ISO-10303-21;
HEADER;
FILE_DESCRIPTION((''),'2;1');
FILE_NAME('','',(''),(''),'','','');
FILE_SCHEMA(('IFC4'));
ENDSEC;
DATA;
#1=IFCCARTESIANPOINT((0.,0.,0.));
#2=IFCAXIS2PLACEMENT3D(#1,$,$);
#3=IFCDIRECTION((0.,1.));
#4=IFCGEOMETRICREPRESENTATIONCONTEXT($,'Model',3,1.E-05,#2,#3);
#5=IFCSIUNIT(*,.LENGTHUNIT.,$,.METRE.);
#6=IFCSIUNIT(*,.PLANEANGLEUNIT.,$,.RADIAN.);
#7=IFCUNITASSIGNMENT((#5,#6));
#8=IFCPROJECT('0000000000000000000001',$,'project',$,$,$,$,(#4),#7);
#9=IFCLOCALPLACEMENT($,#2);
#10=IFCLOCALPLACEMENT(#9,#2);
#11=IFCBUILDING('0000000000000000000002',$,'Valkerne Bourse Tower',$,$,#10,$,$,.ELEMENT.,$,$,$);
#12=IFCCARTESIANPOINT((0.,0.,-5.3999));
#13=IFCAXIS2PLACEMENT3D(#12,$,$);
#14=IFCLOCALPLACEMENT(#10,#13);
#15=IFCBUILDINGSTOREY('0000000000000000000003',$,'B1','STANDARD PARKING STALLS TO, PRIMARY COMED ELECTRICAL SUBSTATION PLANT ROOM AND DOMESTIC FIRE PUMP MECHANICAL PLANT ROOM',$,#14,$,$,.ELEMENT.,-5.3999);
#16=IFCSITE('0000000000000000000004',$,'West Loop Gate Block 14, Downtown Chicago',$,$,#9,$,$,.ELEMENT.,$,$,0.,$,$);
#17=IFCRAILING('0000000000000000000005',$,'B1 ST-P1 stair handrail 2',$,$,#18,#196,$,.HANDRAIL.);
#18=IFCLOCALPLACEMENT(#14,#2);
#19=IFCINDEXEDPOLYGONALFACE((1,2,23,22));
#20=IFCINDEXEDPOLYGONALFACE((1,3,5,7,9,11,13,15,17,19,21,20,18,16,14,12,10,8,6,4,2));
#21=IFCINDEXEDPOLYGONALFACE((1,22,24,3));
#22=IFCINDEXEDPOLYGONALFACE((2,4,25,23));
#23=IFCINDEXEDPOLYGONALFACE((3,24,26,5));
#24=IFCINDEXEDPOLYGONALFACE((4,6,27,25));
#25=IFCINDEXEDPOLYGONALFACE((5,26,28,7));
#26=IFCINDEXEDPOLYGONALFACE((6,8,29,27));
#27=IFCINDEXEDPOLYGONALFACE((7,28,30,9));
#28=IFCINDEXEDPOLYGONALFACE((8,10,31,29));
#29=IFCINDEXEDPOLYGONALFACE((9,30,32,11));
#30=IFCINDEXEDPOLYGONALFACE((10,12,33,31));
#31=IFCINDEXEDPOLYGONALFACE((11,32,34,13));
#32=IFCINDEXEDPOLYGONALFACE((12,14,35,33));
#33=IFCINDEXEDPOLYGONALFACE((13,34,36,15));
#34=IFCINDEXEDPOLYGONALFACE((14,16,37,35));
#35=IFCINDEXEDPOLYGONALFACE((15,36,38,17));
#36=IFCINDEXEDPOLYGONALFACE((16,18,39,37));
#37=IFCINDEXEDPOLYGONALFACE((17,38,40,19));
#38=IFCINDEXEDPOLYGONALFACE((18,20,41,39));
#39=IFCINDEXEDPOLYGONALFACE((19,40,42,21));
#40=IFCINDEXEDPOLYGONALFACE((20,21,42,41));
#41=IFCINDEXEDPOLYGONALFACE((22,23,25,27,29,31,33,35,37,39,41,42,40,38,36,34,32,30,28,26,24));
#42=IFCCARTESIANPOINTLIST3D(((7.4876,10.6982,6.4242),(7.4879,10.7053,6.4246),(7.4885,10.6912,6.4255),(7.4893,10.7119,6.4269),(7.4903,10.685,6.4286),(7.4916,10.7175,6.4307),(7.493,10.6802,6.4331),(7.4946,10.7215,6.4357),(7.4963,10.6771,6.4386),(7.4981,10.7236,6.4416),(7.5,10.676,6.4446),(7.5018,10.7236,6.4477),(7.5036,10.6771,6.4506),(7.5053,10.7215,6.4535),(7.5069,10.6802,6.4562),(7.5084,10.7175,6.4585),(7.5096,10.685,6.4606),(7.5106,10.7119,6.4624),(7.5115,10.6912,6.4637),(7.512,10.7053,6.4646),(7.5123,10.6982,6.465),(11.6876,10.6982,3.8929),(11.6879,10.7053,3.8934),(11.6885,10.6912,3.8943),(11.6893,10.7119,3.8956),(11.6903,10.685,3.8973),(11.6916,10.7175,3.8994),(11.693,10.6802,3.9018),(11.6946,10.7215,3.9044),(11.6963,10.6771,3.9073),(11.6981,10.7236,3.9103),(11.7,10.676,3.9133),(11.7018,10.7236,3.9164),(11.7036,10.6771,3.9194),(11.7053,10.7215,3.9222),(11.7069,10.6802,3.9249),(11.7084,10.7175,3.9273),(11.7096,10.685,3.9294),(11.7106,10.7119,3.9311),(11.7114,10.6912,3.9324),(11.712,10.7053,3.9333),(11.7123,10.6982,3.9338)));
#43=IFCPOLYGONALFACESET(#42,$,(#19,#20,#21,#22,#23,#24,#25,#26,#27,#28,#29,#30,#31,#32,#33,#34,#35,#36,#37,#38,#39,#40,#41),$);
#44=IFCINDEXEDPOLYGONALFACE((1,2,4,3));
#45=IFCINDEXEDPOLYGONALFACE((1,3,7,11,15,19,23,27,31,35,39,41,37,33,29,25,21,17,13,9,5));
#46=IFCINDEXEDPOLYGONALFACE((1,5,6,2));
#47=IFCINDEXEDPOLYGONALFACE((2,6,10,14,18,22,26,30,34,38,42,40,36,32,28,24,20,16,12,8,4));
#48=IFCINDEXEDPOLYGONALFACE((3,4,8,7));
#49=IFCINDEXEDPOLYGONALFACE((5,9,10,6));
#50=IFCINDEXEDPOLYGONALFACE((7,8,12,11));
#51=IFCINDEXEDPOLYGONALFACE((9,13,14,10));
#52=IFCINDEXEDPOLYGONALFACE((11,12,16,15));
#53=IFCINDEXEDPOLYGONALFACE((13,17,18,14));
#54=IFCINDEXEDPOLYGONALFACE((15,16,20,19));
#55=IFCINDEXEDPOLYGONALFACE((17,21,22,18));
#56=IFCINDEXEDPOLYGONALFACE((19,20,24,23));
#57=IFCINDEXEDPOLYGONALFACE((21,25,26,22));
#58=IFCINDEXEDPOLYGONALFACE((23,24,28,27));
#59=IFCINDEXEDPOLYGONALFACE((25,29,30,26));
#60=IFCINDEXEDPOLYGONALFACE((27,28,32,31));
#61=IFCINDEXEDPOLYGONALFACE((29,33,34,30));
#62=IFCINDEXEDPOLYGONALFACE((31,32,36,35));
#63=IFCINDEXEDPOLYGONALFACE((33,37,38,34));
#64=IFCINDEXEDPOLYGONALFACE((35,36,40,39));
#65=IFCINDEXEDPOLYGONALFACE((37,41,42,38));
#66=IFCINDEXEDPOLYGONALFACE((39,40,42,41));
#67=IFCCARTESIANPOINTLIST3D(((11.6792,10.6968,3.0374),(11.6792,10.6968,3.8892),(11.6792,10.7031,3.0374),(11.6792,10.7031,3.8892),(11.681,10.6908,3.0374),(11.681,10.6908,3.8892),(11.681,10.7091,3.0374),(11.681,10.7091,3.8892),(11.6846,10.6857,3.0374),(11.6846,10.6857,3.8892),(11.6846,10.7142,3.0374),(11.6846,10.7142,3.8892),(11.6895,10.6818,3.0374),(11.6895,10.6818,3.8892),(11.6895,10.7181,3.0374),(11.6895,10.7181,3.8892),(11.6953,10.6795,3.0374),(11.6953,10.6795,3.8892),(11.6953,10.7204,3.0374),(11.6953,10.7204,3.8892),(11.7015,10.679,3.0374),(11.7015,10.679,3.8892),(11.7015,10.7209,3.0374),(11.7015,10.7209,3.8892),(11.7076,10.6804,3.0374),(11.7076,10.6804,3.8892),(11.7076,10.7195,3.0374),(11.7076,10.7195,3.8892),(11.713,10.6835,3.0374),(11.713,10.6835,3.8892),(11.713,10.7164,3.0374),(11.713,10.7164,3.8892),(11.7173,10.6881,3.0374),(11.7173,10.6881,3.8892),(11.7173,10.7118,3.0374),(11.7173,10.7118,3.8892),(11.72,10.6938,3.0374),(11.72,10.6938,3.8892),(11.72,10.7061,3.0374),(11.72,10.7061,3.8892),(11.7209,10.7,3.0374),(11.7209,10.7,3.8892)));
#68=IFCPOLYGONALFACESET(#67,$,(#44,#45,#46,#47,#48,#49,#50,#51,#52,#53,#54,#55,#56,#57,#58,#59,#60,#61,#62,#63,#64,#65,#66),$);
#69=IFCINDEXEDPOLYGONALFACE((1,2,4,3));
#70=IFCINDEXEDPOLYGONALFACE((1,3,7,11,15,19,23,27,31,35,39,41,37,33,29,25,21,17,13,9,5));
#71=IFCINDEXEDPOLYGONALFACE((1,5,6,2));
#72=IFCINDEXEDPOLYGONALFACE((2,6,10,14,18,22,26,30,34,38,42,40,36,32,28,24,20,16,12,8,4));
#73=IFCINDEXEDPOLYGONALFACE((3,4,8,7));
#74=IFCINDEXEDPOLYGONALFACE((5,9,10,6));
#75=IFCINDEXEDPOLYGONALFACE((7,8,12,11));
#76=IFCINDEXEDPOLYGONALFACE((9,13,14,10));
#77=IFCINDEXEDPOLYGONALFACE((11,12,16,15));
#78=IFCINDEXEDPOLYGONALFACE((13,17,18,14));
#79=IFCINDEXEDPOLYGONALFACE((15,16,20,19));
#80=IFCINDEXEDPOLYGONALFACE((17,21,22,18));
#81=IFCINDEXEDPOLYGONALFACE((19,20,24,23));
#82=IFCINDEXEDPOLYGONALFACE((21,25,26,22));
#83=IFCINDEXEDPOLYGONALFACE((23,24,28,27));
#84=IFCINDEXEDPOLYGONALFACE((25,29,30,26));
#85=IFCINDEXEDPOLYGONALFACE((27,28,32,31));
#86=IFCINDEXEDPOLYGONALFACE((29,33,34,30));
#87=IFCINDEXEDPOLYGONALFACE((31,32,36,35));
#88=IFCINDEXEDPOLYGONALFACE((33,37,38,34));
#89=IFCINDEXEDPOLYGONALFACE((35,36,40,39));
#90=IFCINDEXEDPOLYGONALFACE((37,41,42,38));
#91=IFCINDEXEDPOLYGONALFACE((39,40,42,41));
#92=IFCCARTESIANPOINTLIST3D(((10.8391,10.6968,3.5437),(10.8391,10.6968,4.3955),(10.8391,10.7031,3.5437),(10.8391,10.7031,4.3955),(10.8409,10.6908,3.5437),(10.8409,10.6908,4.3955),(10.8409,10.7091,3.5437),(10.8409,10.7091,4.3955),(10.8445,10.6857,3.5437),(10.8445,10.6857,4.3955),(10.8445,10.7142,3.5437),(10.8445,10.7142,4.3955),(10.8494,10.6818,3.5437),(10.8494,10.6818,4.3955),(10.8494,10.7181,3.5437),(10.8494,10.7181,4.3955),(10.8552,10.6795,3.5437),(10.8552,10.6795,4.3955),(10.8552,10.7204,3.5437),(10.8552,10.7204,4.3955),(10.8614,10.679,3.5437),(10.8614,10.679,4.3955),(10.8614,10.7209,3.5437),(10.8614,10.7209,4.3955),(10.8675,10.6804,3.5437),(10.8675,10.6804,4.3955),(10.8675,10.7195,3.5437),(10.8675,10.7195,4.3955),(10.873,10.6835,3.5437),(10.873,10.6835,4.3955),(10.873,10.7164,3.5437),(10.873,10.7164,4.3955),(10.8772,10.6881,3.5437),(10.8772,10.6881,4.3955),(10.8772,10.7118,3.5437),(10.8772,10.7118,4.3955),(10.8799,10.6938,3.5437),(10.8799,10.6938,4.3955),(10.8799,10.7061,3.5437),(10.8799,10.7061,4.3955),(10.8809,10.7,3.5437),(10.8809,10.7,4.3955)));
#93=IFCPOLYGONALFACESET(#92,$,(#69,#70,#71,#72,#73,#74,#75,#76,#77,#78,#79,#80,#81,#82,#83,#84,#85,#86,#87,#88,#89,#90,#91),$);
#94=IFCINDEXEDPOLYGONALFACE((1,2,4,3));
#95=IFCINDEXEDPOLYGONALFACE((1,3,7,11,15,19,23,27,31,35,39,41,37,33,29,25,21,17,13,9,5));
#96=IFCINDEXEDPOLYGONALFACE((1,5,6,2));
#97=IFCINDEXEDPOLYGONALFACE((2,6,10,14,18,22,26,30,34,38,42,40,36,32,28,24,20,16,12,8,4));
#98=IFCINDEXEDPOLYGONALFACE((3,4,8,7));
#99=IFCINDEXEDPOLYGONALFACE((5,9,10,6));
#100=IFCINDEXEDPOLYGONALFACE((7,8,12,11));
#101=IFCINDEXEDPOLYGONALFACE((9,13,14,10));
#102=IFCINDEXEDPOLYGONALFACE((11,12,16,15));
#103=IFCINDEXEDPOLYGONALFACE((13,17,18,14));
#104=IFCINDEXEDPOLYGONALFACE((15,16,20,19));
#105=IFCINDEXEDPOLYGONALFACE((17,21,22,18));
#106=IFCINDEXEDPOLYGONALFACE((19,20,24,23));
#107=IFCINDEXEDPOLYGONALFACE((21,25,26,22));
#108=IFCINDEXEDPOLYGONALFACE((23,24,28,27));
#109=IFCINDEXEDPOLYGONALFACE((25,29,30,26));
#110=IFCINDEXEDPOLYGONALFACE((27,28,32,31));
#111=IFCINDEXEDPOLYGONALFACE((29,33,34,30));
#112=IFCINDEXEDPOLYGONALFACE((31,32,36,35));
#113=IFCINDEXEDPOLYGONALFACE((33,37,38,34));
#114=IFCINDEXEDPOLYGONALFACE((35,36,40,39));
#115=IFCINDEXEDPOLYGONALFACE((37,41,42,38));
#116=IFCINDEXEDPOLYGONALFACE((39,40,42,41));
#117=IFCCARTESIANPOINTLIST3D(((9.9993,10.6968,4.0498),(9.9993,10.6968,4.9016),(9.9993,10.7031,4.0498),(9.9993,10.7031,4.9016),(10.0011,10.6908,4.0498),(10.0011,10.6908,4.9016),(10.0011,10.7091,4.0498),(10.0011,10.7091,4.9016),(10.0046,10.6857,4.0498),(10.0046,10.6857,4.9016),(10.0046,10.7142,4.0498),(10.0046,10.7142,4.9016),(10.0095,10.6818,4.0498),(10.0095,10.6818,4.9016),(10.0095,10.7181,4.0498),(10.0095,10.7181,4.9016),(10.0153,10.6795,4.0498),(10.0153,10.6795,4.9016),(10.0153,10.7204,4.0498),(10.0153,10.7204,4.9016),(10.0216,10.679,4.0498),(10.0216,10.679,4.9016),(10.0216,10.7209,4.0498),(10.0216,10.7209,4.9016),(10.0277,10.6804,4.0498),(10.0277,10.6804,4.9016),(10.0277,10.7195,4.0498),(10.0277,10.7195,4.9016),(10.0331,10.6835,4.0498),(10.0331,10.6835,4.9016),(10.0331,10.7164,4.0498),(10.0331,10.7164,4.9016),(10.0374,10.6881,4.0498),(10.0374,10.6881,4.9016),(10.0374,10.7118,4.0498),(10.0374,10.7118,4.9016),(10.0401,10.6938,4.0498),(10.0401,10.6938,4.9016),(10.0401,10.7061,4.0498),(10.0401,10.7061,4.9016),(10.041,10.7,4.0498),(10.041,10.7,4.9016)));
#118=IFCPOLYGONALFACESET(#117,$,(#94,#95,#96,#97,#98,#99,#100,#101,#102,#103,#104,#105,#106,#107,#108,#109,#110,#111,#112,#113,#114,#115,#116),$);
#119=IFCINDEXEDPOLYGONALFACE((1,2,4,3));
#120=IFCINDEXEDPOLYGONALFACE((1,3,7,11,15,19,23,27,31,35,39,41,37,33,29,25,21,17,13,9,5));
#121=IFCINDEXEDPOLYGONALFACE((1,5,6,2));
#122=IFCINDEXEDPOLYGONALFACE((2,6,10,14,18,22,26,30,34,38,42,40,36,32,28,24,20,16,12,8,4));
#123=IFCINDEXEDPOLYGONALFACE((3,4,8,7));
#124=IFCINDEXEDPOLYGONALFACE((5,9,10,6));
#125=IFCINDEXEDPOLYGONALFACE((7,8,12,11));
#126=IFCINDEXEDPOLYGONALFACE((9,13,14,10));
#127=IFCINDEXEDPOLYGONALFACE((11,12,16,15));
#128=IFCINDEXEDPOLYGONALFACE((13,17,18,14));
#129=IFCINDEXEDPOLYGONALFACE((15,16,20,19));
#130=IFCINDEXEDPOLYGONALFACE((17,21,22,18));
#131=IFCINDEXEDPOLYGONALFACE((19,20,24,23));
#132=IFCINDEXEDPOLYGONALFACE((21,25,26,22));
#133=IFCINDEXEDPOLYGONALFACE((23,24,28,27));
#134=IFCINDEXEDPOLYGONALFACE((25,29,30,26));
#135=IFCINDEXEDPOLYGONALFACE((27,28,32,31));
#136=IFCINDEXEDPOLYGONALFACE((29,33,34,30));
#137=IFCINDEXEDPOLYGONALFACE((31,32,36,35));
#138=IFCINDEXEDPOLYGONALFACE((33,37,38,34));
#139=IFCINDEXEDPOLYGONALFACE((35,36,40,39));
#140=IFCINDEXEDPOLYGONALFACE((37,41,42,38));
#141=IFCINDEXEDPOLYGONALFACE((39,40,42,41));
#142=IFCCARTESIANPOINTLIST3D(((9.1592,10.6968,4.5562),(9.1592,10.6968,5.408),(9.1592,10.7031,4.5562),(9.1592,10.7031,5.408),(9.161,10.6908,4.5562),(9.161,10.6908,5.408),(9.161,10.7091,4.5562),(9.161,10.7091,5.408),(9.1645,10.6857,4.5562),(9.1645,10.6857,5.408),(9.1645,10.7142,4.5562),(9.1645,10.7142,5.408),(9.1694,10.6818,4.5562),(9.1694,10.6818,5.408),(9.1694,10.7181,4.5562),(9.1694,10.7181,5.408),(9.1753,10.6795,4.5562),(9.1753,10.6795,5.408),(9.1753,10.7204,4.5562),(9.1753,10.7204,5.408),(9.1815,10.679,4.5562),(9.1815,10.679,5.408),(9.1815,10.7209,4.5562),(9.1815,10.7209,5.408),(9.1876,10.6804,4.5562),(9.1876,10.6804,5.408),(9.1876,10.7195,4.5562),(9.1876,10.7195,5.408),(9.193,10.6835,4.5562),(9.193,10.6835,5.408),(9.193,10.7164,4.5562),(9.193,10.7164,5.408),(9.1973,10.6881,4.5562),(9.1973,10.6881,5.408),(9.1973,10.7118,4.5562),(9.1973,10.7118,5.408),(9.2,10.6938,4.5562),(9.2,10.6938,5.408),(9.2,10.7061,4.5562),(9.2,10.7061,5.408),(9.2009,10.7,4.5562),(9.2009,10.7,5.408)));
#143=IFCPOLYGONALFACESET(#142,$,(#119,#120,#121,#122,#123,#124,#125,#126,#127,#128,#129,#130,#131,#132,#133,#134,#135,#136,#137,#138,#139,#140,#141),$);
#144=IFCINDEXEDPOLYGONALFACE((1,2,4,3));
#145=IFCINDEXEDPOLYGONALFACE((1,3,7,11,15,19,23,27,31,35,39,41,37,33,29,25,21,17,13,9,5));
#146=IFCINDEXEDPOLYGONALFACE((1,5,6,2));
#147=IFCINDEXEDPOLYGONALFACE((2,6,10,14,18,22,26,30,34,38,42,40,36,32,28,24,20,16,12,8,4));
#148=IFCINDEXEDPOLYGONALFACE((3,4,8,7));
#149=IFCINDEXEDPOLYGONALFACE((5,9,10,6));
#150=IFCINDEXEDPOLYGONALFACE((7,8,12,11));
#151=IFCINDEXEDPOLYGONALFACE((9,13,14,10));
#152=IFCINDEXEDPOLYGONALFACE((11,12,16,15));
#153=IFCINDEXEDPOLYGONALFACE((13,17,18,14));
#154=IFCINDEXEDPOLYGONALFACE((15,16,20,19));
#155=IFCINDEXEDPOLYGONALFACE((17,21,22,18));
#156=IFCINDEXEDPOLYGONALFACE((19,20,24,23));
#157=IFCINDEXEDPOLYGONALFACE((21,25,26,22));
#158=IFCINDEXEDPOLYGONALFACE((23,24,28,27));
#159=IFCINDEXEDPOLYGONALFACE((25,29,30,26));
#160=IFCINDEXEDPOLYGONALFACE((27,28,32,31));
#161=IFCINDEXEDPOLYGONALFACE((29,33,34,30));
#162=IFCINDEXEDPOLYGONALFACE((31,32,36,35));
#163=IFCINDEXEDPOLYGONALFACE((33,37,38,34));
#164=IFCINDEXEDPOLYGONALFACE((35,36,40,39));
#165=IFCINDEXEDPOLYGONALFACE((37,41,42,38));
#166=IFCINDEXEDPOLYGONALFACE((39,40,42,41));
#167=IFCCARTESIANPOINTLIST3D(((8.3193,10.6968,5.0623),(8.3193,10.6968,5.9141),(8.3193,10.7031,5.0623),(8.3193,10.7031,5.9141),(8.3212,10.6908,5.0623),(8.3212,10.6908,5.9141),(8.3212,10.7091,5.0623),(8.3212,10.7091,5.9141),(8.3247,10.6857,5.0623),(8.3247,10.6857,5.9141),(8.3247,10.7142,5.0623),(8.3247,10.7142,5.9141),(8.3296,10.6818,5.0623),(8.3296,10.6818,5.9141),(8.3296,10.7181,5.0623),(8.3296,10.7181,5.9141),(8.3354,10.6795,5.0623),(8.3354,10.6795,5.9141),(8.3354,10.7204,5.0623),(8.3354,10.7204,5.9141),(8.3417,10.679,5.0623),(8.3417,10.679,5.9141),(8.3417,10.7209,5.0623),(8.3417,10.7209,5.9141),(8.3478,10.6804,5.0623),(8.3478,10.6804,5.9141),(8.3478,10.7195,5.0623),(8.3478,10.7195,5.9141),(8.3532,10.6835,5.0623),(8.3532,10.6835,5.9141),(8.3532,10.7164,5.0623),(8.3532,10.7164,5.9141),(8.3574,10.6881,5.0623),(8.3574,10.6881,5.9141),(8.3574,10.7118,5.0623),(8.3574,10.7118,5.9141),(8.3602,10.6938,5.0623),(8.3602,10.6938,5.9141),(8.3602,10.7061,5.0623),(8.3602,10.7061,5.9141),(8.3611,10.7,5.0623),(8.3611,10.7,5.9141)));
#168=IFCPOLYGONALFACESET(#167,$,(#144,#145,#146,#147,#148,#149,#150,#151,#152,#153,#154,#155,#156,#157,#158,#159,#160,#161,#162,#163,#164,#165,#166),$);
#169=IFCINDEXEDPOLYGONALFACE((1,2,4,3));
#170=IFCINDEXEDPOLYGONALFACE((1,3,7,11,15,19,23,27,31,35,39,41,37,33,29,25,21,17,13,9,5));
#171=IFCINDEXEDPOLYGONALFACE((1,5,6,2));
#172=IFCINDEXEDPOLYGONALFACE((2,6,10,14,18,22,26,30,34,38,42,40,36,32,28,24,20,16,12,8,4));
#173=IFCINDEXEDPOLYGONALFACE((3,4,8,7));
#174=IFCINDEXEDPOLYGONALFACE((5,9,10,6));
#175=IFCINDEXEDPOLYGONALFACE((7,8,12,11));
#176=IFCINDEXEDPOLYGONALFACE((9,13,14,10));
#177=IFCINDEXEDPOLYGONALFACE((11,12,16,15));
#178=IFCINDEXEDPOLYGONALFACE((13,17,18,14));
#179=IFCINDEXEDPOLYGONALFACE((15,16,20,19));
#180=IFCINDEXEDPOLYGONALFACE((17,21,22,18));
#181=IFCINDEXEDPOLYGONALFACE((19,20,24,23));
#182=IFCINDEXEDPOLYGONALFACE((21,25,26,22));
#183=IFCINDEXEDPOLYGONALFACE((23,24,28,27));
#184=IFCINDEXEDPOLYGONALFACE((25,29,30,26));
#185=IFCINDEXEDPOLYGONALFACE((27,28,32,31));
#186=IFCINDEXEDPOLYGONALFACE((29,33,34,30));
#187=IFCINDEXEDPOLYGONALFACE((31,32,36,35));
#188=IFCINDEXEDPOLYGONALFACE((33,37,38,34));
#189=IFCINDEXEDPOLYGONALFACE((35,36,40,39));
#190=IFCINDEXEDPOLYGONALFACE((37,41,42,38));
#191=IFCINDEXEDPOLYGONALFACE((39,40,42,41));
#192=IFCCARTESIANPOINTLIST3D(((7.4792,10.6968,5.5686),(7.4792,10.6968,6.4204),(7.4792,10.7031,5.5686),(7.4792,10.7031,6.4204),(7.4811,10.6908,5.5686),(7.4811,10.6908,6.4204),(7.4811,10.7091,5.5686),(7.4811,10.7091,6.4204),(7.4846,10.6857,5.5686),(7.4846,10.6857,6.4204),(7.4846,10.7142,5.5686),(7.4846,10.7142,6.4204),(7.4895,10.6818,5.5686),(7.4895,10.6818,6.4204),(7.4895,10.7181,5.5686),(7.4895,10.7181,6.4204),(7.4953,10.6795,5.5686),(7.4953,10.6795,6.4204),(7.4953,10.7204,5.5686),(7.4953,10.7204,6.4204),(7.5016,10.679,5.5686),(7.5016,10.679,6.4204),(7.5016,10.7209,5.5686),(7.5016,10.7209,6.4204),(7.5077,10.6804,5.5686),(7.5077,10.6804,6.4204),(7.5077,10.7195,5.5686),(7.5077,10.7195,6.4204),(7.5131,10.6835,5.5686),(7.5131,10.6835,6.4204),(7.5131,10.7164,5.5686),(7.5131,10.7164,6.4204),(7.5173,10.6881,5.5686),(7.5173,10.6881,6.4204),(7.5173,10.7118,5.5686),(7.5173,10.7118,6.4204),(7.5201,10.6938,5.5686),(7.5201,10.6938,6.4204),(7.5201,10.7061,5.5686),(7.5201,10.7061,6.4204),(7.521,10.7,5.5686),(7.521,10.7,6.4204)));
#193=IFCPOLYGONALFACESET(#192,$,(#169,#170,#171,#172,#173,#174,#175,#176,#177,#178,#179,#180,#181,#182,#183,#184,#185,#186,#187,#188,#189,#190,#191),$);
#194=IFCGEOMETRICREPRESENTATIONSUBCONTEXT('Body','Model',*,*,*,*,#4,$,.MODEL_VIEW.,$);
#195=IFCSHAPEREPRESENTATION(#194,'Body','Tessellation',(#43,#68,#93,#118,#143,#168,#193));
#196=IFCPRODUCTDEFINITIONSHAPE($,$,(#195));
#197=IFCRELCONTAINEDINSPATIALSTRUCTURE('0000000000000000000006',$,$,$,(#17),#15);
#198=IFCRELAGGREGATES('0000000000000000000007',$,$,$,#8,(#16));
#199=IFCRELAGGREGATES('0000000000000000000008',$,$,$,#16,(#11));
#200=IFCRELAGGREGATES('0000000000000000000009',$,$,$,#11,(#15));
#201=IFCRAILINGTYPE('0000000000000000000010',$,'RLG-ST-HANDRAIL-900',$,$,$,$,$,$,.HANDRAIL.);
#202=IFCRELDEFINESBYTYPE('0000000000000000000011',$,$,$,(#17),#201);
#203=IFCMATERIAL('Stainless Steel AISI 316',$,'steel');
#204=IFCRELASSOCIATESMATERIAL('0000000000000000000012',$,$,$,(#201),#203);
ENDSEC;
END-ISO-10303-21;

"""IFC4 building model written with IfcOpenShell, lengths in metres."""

from ifc_helpers import new_model, si_unit, direction, frame, origin, origin_2d, place, context, subcontext, project, spatial, circle, extrude, material, type_object, element, save


model = new_model("IFC4")

# Units and contexts
model_context = context("Model", 3, precision=1e-05, world=origin(), true_north=direction((0.0, 1.0)))
body_context = subcontext(model_context, "Body", "Model", "MODEL_VIEW")
ifc_project = project(units=[si_unit("LENGTHUNIT", "METRE"), si_unit("PLANEANGLEUNIT", "RADIAN")], contexts=[model_context])

# Site, building, storey
site_placement = place(None, origin())
site = spatial("IfcSite", under=ifc_project, at=site_placement, Name="West Loop Gate Block 14, Downtown Chicago", CompositionType="ELEMENT", RefElevation=0.0)
building_placement = place(site_placement, origin())
building = spatial("IfcBuilding", under=site, at=building_placement, Name="Valkerne Bourse Tower", CompositionType="ELEMENT")
storey_placement = place(building_placement, frame((0.0, 0.0, -5.3999)))
storey = spatial("IfcBuildingStorey", under=building, at=storey_placement, Name="B1", Description="STANDARD PARKING STALLS TO, PRIMARY COMED ELECTRICAL SUBSTATION PLANT ROOM AND DOMESTIC FIRE PUMP MECHANICAL PLANT ROOM", CompositionType="ELEMENT", Elevation=-5.3999)

# Railing
ifc_material_1 = material(Name="Stainless Steel AISI 316", Category="steel")
railing_type_1 = type_object("IfcRailingType", Name="RLG-ST-HANDRAIL-900", PredefinedType="HANDRAIL", material=ifc_material_1)
railing_1_placement = place(storey_placement, frame((11.7, 10.7, 3.0374)))
element("IfcRailing", 1, at=railing_1_placement, inside=storey, type_object=railing_type_1, Name="B1 ST-P1 stair handrail 2", PredefinedType="HANDRAIL", context=body_context, shape_type="SweptSolid", body=[
    extrude(circle(Radius=0.0239, at=origin_2d()), frame((0.0, 0.0, 0.876), z_axis=(-0.856476, 0.0, 0.516186), x_axis=(0.0, -1.0, 0.0)), (0.0, 0.0, 1.0), 4.9038),
    extrude(circle(Radius=0.021, at=origin_2d()), origin(), (0.0, 0.0, 1.0), 0.8518),
    extrude(circle(Radius=0.021, at=origin_2d()), frame((-0.8401, 0.0, 0.5063)), (0.0, 0.0, 1.0), 0.8518),
    extrude(circle(Radius=0.021, at=origin_2d()), frame((-1.6799, 0.0, 1.0125)), (0.0, 0.0, 1.0), 0.8518),
    extrude(circle(Radius=0.021, at=origin_2d()), frame((-2.52, 0.0, 1.5188)), (0.0, 0.0, 1.0), 0.8518),
    extrude(circle(Radius=0.021, at=origin_2d()), frame((-3.3599, 0.0, 2.0249)), (0.0, 0.0, 1.0), 0.8518),
    extrude(circle(Radius=0.021, at=origin_2d()), frame((-4.2, 0.0, 2.5312)), (0.0, 0.0, 1.0), 0.8518),
])

save(model, "model.ifc")
